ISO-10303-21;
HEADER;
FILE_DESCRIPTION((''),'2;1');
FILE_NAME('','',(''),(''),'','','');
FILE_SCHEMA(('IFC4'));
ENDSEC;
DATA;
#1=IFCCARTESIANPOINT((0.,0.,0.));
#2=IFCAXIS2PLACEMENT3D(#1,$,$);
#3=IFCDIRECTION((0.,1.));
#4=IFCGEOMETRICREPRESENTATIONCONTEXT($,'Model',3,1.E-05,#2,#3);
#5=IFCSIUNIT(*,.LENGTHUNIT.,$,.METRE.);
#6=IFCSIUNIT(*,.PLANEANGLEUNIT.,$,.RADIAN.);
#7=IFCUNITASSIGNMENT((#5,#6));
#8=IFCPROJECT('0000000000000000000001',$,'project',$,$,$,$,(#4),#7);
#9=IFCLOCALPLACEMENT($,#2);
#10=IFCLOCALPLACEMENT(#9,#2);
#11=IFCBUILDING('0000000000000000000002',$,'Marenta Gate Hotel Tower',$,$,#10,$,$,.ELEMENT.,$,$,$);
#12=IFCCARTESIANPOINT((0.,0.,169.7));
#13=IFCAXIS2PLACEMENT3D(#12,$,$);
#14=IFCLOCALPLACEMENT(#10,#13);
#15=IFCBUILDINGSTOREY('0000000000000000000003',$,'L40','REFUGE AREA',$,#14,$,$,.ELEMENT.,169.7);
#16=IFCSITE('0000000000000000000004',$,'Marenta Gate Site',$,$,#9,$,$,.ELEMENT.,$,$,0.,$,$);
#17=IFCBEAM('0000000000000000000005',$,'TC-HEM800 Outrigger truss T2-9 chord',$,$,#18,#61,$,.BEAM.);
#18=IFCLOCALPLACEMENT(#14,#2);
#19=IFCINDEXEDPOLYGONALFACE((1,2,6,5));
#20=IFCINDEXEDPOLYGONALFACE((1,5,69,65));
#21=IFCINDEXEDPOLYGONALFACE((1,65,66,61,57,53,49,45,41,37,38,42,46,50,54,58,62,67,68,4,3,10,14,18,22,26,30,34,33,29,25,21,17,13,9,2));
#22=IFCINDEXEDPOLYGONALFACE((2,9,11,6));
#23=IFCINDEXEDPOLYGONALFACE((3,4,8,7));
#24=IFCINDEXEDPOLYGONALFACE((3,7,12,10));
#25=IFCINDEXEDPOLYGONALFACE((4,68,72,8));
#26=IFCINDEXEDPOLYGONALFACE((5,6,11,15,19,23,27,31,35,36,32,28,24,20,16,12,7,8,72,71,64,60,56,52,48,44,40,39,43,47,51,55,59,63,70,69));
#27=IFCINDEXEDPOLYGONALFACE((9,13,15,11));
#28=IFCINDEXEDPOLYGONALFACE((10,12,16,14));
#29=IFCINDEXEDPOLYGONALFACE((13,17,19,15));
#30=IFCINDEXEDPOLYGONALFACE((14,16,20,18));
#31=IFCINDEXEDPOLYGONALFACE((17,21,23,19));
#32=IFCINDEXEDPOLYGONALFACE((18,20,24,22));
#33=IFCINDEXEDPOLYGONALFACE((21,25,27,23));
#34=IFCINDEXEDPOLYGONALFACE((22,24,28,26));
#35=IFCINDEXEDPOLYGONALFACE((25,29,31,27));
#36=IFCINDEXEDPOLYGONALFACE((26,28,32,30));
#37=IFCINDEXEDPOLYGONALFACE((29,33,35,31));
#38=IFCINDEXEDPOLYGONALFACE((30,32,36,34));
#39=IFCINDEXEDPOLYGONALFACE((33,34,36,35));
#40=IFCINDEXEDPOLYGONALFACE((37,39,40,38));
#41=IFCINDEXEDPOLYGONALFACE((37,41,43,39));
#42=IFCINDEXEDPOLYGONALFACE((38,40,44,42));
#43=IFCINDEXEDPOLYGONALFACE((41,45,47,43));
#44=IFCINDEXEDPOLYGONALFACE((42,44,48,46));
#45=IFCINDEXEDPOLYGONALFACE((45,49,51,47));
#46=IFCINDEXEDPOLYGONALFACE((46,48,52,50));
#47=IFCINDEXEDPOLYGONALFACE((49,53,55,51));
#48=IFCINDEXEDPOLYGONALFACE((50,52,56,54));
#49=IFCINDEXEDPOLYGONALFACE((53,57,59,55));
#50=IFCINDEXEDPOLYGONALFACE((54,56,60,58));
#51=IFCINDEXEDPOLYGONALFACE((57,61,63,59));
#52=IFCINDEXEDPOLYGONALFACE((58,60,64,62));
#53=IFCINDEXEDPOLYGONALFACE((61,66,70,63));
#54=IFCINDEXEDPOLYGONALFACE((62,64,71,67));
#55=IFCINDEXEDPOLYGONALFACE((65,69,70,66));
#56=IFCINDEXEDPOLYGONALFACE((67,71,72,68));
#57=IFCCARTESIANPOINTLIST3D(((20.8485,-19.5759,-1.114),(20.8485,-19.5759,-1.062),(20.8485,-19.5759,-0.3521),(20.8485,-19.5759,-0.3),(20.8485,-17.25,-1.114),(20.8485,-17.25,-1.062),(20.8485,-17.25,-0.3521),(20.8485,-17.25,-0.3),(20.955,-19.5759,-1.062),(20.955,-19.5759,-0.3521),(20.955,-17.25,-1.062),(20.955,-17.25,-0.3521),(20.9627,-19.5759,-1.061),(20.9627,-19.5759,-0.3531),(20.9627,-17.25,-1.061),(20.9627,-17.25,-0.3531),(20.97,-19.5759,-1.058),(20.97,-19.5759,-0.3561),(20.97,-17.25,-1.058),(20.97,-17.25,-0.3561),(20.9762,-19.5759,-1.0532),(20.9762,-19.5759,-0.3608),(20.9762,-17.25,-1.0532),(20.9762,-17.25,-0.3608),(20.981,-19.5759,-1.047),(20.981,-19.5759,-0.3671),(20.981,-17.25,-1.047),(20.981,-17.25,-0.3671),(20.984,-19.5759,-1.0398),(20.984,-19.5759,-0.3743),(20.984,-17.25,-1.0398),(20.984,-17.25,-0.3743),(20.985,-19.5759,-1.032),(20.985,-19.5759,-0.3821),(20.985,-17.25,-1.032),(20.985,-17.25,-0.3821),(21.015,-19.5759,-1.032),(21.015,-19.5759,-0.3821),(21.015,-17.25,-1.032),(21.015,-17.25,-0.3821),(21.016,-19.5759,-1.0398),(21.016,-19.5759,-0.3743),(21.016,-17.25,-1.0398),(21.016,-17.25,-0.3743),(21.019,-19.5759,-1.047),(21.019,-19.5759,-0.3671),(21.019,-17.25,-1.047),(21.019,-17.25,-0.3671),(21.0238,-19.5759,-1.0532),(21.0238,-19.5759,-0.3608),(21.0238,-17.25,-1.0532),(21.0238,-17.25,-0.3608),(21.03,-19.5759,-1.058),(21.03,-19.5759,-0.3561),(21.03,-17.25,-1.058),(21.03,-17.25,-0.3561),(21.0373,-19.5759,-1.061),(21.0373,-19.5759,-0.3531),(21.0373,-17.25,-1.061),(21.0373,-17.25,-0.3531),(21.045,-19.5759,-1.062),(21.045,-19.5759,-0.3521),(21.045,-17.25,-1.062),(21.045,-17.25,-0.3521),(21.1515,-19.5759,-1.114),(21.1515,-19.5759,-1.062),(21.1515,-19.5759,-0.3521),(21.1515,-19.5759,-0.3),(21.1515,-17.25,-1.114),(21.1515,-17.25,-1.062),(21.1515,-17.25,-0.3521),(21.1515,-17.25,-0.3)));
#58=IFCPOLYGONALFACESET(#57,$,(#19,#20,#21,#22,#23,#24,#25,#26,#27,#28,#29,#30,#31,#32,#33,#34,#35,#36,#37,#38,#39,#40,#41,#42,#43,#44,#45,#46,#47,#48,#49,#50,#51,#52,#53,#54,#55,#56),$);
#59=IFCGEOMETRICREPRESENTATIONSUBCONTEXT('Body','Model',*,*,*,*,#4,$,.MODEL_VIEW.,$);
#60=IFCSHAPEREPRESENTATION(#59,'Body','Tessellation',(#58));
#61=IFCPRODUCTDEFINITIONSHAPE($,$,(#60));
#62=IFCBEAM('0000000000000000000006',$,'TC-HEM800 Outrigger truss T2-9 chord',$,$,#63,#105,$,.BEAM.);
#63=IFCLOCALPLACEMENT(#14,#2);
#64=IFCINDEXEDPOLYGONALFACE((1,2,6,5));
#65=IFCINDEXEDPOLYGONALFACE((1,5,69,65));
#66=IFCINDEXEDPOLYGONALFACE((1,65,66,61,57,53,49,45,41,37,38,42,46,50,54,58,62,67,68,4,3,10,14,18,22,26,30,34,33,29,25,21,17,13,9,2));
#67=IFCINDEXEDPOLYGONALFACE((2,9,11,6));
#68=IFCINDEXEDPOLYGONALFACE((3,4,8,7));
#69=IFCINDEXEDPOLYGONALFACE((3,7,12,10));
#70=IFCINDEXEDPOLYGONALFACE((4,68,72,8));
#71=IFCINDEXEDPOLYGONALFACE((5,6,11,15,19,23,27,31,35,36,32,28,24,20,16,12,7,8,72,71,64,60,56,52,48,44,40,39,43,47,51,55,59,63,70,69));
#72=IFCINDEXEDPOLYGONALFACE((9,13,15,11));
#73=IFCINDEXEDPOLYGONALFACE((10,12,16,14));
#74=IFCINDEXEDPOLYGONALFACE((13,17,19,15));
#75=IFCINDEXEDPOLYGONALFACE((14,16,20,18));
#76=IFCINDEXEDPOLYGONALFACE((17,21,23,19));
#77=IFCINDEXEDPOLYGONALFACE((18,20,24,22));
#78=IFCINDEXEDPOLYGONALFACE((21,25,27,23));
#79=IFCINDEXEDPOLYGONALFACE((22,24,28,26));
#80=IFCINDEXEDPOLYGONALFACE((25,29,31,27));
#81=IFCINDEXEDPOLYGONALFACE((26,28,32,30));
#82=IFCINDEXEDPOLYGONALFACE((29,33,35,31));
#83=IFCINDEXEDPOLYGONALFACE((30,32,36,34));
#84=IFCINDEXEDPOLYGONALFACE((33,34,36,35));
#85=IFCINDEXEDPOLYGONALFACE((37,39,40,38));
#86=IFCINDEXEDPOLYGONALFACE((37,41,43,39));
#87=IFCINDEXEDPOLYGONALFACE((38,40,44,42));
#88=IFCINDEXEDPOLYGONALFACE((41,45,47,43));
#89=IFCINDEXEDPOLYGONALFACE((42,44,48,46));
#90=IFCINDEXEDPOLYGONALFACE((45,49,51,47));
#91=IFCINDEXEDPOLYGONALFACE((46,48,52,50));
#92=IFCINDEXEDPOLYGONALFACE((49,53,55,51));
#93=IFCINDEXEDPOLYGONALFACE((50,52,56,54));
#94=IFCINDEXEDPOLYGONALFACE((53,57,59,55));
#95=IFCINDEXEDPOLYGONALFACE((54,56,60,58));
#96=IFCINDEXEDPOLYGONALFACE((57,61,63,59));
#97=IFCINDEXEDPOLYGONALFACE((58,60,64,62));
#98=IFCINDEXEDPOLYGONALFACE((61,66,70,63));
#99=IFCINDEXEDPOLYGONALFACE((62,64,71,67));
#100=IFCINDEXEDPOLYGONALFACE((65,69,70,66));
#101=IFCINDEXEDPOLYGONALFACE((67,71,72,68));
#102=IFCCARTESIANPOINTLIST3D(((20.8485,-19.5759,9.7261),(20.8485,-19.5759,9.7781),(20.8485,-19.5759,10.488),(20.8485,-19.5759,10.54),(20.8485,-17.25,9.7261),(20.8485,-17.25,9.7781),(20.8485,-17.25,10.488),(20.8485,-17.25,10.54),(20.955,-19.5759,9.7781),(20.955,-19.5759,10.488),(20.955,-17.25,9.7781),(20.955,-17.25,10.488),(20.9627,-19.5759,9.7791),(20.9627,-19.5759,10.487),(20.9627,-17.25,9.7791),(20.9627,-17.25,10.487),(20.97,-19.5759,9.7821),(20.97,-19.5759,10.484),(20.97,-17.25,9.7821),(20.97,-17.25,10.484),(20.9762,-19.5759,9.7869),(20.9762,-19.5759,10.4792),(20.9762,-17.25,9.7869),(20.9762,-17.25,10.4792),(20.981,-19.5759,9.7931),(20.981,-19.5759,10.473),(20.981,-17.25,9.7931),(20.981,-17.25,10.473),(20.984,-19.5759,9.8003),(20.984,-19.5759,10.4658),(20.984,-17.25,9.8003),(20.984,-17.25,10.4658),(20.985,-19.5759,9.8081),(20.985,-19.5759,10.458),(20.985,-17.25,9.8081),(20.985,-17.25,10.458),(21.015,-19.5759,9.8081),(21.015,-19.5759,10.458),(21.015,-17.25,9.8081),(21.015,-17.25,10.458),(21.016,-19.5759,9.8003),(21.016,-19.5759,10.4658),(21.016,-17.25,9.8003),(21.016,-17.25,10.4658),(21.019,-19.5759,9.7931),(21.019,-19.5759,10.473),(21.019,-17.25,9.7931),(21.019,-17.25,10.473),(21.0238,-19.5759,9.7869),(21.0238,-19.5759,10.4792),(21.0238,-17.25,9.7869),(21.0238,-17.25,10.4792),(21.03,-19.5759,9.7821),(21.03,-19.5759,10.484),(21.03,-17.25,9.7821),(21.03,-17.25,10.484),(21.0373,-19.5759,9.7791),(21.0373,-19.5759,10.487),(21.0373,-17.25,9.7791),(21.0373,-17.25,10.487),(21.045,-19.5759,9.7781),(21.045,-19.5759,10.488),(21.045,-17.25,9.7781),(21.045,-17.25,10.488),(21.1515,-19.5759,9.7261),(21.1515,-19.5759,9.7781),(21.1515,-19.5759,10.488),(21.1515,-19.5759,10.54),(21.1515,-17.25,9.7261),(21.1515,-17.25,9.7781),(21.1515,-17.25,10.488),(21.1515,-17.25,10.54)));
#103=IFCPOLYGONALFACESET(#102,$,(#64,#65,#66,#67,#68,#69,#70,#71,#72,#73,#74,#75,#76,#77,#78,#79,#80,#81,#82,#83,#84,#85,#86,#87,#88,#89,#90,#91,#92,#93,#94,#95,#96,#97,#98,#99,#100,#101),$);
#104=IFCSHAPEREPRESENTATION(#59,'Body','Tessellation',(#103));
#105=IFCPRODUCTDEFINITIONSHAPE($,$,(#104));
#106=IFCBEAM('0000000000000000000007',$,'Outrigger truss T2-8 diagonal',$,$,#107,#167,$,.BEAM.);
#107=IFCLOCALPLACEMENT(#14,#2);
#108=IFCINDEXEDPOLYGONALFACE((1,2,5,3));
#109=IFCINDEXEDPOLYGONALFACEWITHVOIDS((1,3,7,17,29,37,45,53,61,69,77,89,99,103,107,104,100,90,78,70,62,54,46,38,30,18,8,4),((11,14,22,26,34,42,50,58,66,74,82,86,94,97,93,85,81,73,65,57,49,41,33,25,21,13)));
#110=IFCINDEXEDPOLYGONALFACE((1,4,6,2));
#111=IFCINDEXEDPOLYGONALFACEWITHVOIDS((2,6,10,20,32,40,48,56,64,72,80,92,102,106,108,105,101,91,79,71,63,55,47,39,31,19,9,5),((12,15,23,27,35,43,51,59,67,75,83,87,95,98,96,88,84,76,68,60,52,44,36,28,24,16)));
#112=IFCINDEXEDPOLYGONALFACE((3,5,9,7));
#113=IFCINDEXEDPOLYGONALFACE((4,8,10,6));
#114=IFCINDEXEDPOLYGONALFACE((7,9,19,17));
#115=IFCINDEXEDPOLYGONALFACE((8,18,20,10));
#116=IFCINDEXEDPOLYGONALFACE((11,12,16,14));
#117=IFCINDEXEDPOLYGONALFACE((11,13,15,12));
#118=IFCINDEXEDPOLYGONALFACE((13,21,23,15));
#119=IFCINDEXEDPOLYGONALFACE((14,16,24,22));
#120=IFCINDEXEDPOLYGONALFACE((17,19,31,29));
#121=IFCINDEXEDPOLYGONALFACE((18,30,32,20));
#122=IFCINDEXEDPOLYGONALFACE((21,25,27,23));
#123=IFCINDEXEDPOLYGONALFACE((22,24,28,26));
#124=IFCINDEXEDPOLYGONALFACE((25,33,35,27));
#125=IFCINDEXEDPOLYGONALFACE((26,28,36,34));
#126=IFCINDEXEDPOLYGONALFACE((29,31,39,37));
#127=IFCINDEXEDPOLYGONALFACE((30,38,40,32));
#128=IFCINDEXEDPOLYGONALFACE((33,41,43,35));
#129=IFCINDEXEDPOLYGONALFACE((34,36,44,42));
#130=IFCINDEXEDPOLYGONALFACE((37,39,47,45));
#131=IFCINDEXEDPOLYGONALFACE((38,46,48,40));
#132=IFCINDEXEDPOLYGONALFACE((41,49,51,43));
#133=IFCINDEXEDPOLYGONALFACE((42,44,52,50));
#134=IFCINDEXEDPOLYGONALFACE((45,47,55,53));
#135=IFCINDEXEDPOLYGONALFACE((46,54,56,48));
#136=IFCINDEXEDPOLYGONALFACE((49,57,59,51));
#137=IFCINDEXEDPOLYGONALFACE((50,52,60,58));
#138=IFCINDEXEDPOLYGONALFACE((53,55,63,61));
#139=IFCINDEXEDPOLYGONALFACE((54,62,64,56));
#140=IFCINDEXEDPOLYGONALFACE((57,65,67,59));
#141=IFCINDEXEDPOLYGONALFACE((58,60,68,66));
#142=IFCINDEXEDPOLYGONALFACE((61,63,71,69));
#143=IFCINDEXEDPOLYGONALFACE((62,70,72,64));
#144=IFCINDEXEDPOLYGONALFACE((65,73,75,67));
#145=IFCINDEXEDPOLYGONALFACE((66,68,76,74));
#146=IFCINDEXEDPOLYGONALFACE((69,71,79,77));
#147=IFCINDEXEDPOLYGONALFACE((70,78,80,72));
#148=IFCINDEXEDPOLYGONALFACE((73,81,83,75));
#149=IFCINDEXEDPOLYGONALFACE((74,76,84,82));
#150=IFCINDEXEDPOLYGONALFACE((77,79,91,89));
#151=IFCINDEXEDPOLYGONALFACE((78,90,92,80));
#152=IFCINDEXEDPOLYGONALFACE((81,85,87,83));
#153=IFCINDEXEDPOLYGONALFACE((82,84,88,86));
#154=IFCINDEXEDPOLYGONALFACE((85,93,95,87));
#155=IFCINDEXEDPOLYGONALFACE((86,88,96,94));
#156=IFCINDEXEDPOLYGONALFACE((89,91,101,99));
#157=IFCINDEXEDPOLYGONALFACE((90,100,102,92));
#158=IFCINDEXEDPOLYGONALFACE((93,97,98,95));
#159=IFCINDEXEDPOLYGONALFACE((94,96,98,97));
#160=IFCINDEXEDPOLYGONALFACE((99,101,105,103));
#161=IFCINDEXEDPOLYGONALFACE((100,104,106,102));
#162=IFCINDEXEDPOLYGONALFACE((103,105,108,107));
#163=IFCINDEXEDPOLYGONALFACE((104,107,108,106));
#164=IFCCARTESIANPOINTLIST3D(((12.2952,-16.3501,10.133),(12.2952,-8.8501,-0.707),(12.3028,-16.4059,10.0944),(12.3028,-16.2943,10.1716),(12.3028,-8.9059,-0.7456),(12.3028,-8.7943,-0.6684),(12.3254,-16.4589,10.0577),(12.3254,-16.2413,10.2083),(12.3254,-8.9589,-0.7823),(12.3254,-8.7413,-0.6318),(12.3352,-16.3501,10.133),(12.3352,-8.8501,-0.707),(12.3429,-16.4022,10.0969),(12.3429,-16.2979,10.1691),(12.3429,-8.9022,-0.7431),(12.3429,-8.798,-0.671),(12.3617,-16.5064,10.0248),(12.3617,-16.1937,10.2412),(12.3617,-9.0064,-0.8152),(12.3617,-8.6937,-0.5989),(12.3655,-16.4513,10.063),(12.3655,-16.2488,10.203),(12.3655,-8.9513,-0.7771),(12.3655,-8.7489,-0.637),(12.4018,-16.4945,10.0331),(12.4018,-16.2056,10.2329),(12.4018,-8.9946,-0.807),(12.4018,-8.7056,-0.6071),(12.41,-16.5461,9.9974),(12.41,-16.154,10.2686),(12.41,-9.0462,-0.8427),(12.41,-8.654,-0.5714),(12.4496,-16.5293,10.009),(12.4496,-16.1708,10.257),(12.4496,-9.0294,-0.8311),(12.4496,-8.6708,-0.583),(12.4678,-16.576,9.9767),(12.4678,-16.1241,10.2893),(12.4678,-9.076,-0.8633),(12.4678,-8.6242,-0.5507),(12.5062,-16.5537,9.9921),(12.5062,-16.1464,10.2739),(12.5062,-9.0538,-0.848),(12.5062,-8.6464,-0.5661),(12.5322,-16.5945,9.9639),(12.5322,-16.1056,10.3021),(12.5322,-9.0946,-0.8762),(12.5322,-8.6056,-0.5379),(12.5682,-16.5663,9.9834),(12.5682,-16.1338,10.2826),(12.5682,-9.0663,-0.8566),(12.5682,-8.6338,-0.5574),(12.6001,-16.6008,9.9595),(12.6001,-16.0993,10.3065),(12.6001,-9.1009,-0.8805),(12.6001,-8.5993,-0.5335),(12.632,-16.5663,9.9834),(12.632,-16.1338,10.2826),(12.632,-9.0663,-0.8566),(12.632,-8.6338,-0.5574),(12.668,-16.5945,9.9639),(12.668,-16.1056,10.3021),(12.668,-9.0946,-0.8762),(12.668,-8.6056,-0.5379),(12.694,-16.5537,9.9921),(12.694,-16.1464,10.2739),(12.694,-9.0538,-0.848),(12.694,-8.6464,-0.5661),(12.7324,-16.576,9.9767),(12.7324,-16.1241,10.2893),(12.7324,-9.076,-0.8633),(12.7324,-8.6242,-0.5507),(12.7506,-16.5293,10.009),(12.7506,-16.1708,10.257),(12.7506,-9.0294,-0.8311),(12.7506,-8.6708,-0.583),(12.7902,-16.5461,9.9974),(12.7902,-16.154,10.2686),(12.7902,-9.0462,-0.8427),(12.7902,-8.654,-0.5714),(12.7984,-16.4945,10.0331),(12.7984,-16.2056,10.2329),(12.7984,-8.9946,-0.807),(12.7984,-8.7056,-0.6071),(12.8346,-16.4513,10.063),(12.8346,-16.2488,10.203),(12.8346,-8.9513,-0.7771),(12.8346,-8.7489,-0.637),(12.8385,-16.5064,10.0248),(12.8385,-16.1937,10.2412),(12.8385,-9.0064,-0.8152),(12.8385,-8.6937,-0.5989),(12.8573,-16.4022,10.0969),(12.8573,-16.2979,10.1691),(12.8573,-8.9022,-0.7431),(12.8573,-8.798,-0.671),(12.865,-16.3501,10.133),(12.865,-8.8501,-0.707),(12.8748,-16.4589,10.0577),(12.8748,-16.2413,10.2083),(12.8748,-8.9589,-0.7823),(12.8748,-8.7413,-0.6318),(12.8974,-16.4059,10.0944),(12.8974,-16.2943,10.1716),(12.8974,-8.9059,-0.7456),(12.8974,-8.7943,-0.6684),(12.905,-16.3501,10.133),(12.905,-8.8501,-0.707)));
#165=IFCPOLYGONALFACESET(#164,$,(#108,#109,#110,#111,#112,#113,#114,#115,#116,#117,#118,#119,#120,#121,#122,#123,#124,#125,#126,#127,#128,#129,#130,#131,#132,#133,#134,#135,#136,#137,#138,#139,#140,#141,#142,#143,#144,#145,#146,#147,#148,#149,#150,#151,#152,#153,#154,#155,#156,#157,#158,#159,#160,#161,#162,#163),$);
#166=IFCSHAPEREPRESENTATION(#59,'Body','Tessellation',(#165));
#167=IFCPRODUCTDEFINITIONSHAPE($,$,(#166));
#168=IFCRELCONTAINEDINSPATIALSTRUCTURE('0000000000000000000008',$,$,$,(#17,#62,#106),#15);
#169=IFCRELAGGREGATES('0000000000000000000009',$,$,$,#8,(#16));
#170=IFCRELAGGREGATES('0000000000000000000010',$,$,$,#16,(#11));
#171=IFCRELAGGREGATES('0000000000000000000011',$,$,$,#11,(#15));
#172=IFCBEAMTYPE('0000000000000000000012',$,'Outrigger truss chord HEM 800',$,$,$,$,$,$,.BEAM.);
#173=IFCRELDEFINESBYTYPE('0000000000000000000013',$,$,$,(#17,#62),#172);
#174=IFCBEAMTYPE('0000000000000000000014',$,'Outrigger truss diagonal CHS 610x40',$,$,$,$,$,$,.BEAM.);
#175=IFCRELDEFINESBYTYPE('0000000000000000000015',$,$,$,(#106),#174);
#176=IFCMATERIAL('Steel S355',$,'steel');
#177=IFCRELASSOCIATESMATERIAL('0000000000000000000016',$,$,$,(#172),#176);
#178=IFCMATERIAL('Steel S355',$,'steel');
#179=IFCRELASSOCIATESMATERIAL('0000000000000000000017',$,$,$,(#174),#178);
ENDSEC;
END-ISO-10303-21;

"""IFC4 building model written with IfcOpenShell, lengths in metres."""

from ifc_helpers import new_model, si_unit, direction, frame, origin, origin_2d, place, context, subcontext, project, spatial, hollow_circle, i_section, extrude, material, material_profile, profile_set, type_object, element, save


model = new_model("IFC4")

# Units and contexts
model_context = context("Model", 3, precision=1e-05, world=origin(), true_north=direction((0.0, 1.0)))
body_context = subcontext(model_context, "Body", "Model", "MODEL_VIEW")
ifc_project = project(units=[si_unit("LENGTHUNIT", "METRE"), si_unit("PLANEANGLEUNIT", "RADIAN")], contexts=[model_context])

# Site, building, storey
site_placement = place(None, origin())
site = spatial("IfcSite", under=ifc_project, at=site_placement, Name="Marenta Gate Site", CompositionType="ELEMENT", RefElevation=0.0)
building_placement = place(site_placement, origin())
building = spatial("IfcBuilding", under=site, at=building_placement, Name="Marenta Gate Hotel Tower", CompositionType="ELEMENT")
storey_placement = place(building_placement, frame((0.0, 0.0, 169.7)))
storey = spatial("IfcBuildingStorey", under=building, at=storey_placement, Name="L40", Description="REFUGE AREA", CompositionType="ELEMENT", Elevation=169.7)

# Beams
ifc_material_1 = material(Name="Steel S355", Category="steel")
ifc_material_profile_1 = material_profile(ifc_material_1, i_section(OverallWidth=0.303, OverallDepth=0.814, WebThickness=0.03, FlangeThickness=0.052, FilletRadius=0.03, at=origin_2d()), Name="HEM 800")
ifc_profile_set_1 = profile_set([ifc_material_profile_1], Name="Steel S355")
beam_type_1 = type_object("IfcBeamType", Name="Outrigger truss chord HEM 800", PredefinedType="BEAM", material=ifc_profile_set_1)
for number, where, z_axis, x_axis, name in (
    (1, (21.0, -17.25, -0.707), (0.0, -1.0, 0.0), (1.0, 0.0, 0.0), "TC-HEM800 Outrigger truss T2-9 chord"),
    (2, (21.0, -17.25, 10.1331), (0.0, -1.0, 0.0), (1.0, 0.0, 0.0), "TC-HEM800 Outrigger truss T2-9 chord"),
):
    element("IfcBeam", number, at=place(storey_placement, frame(where, z_axis=z_axis, x_axis=x_axis)), inside=storey, type_object=beam_type_1, Name=name, PredefinedType="BEAM", context=body_context, shape_type="SweptSolid", body=[
        extrude(i_section(OverallWidth=0.303, OverallDepth=0.814, WebThickness=0.03, FlangeThickness=0.052, FilletRadius=0.03, at=origin_2d()), origin(), (0.0, 0.0, 1.0), 2.3259),
    ])
ifc_material_2 = material(Name="Steel S355", Category="steel")
ifc_material_profile_2 = material_profile(ifc_material_2, hollow_circle(Radius=0.3049, WallThickness=0.04, at=origin_2d()), Name="CHS 610x40")
ifc_profile_set_2 = profile_set([ifc_material_profile_2], Name="Steel S355")
beam_type_2 = type_object("IfcBeamType", Name="Outrigger truss diagonal CHS 610x40", PredefinedType="BEAM", material=ifc_profile_set_2)
beam_1_placement = place(storey_placement, frame((12.6001, -8.8501, -0.707), z_axis=(0.0, -0.56897, 0.822358), x_axis=(1.0, 0.0, 0.0)))
element("IfcBeam", 3, at=beam_1_placement, inside=storey, type_object=beam_type_2, Name="Outrigger truss T2-8 diagonal", PredefinedType="BEAM", context=body_context, shape_type="SweptSolid", body=[
    extrude(hollow_circle(Radius=0.3049, WallThickness=0.04, at=origin_2d()), origin(), (0.0, 0.0, 1.0), 13.1816),
])

save(model, "model.ifc")
